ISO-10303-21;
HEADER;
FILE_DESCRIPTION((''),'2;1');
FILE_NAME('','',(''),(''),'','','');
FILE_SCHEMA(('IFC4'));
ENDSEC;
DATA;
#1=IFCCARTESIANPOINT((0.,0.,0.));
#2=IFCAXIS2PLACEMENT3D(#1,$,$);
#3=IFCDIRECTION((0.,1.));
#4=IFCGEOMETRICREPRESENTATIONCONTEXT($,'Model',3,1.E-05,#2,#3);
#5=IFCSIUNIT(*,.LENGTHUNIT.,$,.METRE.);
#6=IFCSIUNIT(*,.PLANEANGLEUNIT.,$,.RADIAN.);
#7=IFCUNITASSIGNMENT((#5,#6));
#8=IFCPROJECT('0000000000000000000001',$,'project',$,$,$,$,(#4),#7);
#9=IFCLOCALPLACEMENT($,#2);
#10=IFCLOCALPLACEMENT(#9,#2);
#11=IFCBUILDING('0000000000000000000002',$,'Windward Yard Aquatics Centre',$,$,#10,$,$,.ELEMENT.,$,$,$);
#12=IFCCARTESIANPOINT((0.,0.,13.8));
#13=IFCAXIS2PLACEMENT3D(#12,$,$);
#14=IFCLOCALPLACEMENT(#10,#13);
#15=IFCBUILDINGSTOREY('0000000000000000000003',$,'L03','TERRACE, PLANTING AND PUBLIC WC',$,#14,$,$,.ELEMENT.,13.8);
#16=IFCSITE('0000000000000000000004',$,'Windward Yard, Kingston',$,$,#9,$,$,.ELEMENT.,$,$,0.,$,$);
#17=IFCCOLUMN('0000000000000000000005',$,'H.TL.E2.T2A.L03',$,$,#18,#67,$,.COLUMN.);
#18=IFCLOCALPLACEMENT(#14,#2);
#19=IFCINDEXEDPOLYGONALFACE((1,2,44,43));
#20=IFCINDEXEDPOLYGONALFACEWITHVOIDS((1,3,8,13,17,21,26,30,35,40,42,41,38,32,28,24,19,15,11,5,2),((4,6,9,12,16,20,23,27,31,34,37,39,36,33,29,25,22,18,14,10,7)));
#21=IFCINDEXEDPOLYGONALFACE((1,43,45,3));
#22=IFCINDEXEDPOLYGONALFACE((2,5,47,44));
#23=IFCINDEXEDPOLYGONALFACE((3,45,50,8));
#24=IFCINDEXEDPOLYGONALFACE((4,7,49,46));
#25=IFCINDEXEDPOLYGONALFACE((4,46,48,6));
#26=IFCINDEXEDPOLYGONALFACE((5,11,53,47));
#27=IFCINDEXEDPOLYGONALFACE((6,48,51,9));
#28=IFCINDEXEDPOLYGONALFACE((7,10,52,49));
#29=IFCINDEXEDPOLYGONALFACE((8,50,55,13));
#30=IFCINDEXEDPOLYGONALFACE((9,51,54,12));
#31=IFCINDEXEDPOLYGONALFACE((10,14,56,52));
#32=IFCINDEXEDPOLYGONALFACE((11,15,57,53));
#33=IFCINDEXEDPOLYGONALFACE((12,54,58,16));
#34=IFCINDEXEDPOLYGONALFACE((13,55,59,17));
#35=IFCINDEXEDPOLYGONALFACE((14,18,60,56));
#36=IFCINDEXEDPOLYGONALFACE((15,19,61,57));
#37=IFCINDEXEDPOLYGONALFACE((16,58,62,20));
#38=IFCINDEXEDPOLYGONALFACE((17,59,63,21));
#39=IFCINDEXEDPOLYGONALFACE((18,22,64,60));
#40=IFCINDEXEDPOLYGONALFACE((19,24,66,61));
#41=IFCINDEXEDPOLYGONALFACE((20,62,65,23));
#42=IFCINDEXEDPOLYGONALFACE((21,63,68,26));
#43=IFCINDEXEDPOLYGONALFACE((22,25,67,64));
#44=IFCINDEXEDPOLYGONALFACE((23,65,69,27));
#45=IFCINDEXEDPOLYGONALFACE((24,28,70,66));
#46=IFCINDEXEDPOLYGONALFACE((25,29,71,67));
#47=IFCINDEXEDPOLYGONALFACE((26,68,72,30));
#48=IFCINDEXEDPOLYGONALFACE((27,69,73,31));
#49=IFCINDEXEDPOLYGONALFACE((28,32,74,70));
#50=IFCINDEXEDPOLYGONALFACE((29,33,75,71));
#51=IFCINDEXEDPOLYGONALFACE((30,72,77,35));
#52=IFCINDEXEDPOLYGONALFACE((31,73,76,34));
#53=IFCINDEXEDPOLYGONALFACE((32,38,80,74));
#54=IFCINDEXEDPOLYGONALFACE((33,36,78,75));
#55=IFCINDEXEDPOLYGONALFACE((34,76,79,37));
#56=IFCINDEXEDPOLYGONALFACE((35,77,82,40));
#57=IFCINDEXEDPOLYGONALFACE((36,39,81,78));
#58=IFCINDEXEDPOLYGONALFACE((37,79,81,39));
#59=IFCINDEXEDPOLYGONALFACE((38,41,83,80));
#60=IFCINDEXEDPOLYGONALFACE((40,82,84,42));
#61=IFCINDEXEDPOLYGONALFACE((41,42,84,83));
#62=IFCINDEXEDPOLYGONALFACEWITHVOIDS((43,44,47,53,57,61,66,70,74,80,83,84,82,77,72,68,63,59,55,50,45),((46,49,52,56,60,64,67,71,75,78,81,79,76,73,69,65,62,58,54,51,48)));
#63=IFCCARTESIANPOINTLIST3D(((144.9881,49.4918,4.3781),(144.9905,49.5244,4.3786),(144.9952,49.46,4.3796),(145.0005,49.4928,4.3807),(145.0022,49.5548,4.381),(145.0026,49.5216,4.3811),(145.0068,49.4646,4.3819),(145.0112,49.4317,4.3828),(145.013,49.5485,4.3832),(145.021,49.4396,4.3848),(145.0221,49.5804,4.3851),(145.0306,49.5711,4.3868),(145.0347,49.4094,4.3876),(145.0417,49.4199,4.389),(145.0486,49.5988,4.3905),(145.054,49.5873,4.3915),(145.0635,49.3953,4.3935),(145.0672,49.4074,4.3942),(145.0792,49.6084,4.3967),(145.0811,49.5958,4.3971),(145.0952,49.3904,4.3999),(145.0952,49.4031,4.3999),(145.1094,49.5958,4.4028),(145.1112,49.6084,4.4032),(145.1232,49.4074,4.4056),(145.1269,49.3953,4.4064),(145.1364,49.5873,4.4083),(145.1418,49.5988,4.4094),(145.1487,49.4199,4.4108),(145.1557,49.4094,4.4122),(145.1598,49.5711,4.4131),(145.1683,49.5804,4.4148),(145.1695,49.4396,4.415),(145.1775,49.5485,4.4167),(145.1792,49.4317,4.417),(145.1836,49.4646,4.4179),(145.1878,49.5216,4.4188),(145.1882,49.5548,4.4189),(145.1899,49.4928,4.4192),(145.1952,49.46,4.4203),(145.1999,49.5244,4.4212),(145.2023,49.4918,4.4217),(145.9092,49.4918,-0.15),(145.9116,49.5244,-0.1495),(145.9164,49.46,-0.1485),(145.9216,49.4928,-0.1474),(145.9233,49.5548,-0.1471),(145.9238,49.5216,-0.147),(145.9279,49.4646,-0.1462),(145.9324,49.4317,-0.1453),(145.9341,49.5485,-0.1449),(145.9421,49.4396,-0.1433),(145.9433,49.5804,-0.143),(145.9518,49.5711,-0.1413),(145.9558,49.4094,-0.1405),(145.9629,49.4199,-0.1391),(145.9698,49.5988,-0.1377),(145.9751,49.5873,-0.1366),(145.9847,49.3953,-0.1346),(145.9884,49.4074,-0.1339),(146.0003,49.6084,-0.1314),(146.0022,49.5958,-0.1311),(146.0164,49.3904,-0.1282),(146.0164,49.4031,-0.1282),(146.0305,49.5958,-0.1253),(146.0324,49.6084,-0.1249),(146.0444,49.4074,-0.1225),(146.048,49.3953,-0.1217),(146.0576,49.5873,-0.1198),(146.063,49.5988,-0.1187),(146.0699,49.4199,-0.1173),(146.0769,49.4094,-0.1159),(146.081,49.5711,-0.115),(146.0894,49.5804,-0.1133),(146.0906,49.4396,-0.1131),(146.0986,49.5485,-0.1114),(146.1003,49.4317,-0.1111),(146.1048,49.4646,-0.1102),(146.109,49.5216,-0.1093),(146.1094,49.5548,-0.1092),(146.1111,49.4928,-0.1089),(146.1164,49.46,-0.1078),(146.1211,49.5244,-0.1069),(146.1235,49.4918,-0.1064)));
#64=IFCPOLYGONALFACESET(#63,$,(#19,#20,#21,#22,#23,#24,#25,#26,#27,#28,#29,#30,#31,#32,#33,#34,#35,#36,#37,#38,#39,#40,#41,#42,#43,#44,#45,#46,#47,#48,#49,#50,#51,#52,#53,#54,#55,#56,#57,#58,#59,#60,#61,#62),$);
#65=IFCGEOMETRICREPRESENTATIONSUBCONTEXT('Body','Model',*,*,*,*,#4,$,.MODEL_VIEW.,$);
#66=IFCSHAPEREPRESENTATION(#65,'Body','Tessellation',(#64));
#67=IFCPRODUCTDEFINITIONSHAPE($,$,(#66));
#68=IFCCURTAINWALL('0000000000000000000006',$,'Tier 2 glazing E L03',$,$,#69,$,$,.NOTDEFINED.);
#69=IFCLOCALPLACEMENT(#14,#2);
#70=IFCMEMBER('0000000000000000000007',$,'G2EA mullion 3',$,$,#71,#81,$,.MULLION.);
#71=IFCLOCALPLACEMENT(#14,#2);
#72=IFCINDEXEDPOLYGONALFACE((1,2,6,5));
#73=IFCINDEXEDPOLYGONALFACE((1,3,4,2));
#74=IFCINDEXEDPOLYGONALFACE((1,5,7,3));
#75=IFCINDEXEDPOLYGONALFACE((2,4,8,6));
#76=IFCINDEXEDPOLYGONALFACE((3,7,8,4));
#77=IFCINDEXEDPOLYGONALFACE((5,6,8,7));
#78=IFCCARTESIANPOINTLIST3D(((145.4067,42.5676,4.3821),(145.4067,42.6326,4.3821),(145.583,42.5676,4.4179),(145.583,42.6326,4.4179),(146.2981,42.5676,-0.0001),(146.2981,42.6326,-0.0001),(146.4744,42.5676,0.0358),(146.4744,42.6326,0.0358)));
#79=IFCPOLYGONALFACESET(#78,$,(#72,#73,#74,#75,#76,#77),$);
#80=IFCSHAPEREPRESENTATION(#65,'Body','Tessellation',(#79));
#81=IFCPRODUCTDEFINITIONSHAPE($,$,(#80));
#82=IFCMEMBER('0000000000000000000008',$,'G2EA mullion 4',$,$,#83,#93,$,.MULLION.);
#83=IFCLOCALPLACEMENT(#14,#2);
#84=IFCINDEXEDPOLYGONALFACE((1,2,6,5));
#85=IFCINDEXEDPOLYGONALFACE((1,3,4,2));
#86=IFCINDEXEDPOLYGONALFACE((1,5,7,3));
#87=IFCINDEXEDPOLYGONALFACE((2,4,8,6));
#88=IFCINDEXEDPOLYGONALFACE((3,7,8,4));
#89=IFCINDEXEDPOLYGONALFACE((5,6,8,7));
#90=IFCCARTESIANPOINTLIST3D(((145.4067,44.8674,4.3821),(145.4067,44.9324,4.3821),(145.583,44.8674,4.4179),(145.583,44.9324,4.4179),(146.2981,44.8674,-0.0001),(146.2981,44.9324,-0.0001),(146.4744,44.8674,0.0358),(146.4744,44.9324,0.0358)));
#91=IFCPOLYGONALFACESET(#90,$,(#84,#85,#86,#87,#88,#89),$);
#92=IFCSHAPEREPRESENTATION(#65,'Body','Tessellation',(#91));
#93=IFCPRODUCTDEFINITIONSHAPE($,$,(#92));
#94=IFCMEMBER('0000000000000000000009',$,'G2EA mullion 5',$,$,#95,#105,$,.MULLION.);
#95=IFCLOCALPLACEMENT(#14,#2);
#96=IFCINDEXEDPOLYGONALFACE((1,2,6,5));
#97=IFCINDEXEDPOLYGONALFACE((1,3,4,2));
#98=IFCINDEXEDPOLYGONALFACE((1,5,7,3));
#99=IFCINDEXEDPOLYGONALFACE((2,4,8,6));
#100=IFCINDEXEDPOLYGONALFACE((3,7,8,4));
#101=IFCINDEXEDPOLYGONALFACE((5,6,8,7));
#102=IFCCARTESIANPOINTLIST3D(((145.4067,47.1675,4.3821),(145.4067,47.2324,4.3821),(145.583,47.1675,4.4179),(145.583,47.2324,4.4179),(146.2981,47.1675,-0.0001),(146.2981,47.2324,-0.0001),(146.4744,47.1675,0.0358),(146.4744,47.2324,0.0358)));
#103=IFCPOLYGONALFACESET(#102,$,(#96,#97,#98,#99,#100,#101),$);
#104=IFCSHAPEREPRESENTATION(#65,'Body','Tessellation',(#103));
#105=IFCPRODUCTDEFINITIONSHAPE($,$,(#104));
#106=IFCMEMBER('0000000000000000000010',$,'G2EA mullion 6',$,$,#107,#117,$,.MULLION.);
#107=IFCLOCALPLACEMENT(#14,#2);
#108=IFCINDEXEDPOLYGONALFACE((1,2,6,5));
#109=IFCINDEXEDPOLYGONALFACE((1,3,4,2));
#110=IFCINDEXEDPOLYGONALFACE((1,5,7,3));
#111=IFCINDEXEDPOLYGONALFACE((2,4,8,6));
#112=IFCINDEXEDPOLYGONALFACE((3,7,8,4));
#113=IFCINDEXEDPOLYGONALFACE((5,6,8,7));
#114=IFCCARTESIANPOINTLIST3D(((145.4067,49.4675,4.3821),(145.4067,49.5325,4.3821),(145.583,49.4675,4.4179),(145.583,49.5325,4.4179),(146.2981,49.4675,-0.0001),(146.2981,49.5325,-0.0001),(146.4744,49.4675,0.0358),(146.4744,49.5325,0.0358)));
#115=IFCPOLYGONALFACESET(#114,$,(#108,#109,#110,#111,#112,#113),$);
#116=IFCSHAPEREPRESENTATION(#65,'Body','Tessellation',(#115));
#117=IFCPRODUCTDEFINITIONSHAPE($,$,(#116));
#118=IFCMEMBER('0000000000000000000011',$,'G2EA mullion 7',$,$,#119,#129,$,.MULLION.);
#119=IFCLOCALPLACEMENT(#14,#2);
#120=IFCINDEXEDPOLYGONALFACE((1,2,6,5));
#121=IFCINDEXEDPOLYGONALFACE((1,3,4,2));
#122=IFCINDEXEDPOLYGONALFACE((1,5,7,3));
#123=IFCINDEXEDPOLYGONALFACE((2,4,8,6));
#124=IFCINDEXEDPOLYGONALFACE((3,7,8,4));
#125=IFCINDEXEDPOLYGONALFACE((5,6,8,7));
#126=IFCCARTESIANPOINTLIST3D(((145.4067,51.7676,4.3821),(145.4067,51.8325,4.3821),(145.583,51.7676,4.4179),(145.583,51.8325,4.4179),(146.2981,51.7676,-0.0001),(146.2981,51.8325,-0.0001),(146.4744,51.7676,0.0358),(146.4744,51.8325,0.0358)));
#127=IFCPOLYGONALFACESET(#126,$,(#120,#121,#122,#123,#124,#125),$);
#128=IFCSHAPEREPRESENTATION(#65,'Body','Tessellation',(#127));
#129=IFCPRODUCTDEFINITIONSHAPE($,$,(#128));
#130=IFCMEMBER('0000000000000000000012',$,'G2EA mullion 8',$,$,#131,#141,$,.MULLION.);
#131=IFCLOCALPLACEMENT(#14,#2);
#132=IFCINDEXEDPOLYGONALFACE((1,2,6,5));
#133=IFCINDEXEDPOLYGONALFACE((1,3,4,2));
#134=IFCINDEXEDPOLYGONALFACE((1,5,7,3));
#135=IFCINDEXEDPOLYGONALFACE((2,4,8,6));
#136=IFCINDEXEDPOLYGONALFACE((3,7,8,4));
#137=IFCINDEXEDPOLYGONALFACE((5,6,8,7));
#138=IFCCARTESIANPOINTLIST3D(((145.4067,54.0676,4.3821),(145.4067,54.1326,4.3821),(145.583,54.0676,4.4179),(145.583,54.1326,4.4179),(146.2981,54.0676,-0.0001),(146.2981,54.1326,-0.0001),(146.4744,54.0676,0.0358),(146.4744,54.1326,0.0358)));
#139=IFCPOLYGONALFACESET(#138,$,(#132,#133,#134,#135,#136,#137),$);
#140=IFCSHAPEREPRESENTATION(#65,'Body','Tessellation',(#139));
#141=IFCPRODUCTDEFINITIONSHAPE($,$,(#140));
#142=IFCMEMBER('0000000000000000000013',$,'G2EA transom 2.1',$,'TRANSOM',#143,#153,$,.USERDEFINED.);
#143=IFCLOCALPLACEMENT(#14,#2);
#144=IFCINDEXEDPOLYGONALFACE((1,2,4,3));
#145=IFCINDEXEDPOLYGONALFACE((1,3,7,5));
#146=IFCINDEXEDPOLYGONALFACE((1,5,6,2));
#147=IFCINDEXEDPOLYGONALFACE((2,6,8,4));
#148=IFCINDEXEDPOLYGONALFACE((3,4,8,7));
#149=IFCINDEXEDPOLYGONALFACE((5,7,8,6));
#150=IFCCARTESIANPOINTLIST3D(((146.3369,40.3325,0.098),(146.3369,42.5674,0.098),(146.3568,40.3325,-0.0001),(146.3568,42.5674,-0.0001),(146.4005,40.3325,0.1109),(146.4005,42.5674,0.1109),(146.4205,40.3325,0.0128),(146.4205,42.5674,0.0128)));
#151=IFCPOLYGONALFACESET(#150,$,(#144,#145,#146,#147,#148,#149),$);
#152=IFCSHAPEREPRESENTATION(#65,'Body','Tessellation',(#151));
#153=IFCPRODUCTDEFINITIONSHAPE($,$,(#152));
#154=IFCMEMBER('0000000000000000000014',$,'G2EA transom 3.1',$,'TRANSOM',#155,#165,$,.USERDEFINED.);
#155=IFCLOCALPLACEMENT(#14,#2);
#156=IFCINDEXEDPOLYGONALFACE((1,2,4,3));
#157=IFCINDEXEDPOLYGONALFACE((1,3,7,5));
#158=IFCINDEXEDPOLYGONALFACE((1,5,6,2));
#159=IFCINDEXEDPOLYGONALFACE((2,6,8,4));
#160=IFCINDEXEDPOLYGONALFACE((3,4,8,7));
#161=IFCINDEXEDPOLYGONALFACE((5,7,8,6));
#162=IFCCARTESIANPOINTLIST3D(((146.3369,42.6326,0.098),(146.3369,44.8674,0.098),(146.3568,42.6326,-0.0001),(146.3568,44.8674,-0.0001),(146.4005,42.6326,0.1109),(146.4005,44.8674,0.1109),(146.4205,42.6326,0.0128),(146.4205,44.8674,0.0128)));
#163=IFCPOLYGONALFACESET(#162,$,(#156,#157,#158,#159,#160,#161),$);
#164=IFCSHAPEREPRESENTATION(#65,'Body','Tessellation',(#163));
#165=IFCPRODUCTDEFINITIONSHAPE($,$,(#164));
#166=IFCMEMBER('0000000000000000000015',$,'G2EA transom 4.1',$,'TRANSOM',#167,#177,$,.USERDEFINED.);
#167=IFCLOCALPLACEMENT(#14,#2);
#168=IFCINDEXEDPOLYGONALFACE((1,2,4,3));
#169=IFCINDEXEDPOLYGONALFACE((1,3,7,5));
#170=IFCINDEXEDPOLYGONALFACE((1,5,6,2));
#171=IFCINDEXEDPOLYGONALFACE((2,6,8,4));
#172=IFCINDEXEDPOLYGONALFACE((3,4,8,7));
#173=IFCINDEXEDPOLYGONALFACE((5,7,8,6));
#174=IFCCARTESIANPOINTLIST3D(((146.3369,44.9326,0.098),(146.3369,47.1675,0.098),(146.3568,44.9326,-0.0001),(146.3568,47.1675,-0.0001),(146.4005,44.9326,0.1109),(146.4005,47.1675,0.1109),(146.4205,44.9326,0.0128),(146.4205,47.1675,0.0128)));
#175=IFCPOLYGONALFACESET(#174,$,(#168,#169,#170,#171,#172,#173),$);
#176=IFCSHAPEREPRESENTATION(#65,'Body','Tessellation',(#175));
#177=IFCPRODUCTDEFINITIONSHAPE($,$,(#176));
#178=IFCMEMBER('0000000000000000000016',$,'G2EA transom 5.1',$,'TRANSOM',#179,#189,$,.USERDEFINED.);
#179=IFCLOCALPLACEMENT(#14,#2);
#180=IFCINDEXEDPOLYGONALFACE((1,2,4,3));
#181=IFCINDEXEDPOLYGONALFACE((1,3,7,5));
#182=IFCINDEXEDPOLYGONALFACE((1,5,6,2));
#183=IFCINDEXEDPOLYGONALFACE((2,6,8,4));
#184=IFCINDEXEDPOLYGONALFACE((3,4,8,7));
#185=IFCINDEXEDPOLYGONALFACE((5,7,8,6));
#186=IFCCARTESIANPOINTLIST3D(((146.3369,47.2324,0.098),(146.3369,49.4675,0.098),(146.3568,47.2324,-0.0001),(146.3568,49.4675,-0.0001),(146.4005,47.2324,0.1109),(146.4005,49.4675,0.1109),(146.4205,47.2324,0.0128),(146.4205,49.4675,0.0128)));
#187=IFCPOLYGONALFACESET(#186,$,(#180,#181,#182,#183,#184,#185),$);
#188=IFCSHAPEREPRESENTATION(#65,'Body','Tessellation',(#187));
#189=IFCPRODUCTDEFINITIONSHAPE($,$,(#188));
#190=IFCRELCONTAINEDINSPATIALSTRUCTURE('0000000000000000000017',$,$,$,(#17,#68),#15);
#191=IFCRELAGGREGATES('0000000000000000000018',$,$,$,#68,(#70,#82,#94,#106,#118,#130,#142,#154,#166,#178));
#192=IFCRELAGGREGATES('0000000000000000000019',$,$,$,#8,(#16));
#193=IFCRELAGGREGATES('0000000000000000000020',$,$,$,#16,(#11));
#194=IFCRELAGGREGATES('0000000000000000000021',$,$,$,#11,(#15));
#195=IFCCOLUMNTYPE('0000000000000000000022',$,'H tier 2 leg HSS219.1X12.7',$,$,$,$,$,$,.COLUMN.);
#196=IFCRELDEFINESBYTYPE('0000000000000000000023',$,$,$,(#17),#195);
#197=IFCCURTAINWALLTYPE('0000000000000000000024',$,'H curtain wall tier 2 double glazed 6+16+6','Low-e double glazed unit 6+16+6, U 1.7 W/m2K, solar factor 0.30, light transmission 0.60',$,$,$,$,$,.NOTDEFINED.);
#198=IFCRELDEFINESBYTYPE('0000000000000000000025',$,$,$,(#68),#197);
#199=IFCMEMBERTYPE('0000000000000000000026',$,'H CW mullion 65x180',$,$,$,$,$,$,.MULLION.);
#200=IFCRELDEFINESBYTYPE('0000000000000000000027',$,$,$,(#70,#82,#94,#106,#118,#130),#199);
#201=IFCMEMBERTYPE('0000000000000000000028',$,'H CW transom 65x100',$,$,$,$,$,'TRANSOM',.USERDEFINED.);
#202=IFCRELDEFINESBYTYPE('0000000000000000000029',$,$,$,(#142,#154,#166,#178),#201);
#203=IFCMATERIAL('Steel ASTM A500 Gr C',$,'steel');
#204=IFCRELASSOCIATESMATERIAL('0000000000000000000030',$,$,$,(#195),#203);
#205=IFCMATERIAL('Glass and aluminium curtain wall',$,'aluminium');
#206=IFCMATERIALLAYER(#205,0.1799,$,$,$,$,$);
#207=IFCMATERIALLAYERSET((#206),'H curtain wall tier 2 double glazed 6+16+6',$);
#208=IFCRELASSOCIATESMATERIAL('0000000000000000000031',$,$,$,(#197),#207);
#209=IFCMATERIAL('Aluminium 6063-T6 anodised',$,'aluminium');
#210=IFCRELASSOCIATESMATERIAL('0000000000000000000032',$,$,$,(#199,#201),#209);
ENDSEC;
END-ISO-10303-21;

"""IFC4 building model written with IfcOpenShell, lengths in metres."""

from ifc_helpers import new_model, si_unit, direction, frame, origin, origin_2d, place, context, subcontext, project, spatial, rectangle, hollow_circle, extrude, material, layer, layer_set, material_profile, profile_set, type_object, element, aggregate, save


model = new_model("IFC4")

# Units and contexts
model_context = context("Model", 3, precision=1e-05, world=origin(), true_north=direction((0.0, 1.0)))
body_context = subcontext(model_context, "Body", "Model", "MODEL_VIEW")
ifc_project = project(units=[si_unit("LENGTHUNIT", "METRE"), si_unit("PLANEANGLEUNIT", "RADIAN")], contexts=[model_context])

# Site, building, storey
site_placement = place(None, origin())
site = spatial("IfcSite", under=ifc_project, at=site_placement, Name="Windward Yard, Kingston", CompositionType="ELEMENT", RefElevation=0.0)
building_placement = place(site_placement, origin())
building = spatial("IfcBuilding", under=site, at=building_placement, Name="Windward Yard Aquatics Centre", CompositionType="ELEMENT")
storey_placement = place(building_placement, frame((0.0, 0.0, 13.8)))
storey = spatial("IfcBuildingStorey", under=building, at=storey_placement, Name="L03", Description="TERRACE, PLANTING AND PUBLIC WC", CompositionType="ELEMENT", Elevation=13.8)

# Column
ifc_material_1 = material(Name="Steel ASTM A500 Gr C", Category="steel")
ifc_material_profile_1 = material_profile(ifc_material_1, hollow_circle(Radius=0.1096, WallThickness=0.0127, at=origin_2d()), Name="HSS219.1X12.7")
ifc_profile_set_1 = profile_set([ifc_material_profile_1], Name="Steel ASTM A500 Gr C")
column_type = type_object("IfcColumnType", Name="H tier 2 leg HSS219.1X12.7", PredefinedType="COLUMN", material=ifc_profile_set_1)
column_placement = place(storey_placement, frame((146.0164, 49.5, -0.1282), z_axis=(-0.199346, 0.0, 0.979929), x_axis=(0.0, -1.0, 0.0)))
element("IfcColumn", 1, at=column_placement, inside=storey, type_object=column_type, Name="H.TL.E2.T2A.L03", PredefinedType="COLUMN", context=body_context, shape_type="SweptSolid", body=[
    extrude(hollow_circle(Radius=0.1096, WallThickness=0.0127, at=origin_2d()), origin(), (0.0, 0.0, 1.0), 4.6208),
])

# Curtain wall, members
ifc_material_2 = material(Name="Glass and aluminium curtain wall", Category="aluminium")
ifc_layer_1 = layer(ifc_material_2, 0.1799)
ifc_layer_set_1 = layer_set([ifc_layer_1], Name="H curtain wall tier 2 double glazed 6+16+6")
curtain_wall_type = type_object("IfcCurtainWallType", Name="H curtain wall tier 2 double glazed 6+16+6", Description="Low-e double glazed unit 6+16+6, U 1.7 W/m2K, solar factor 0.30, light transmission 0.60", PredefinedType="NOTDEFINED", material=ifc_layer_set_1)
curtain_wall_placement = place(storey_placement, origin())
curtain_wall = element("IfcCurtainWall", 2, at=curtain_wall_placement, inside=storey, type_object=curtain_wall_type, Name="Tier 2 glazing E L03", PredefinedType="NOTDEFINED")
ifc_material_3 = material(Name="Aluminium 6063-T6 anodised", Category="aluminium")
ifc_material_profile_2 = material_profile(ifc_material_3, rectangle(XDim=0.0649, YDim=0.1799, at=origin_2d()), Name="H CW mullion 65x180")
ifc_profile_set_2 = profile_set([ifc_material_profile_2], Name="Aluminium 6063-T6 anodised")
member_type_1 = type_object("IfcMemberType", Name="H CW mullion 65x180", PredefinedType="MULLION", material=ifc_profile_set_2)
member_1_placement = place(storey_placement, frame((146.3862, 42.6001, 0.0178), z_axis=(-0.199328, 0.0, 0.979933), x_axis=(0.0, -1.0, 0.0)))
member_1 = element("IfcMember", 3, at=member_1_placement, type_object=member_type_1, Name="G2EA mullion 3", PredefinedType="MULLION", context=body_context, shape_type="SweptSolid", body=[
    extrude(rectangle(XDim=0.0649, YDim=0.1799, at=origin_2d()), origin(), (0.0, 0.0, 1.0), 4.4719),
])
member_2_placement = place(storey_placement, frame((146.3862, 44.8999, 0.0178), z_axis=(-0.199328, 0.0, 0.979933), x_axis=(0.0, -1.0, 0.0)))
member_2 = element("IfcMember", 4, at=member_2_placement, type_object=member_type_1, Name="G2EA mullion 4", PredefinedType="MULLION", context=body_context, shape_type="SweptSolid", body=[
    extrude(rectangle(XDim=0.0649, YDim=0.1799, at=origin_2d()), origin(), (0.0, 0.0, 1.0), 4.4719),
])
member_3_placement = place(storey_placement, frame((146.3862, 47.2, 0.0178), z_axis=(-0.199328, 0.0, 0.979933), x_axis=(0.0, -1.0, 0.0)))
member_3 = element("IfcMember", 5, at=member_3_placement, type_object=member_type_1, Name="G2EA mullion 5", PredefinedType="MULLION", context=body_context, shape_type="SweptSolid", body=[
    extrude(rectangle(XDim=0.0649, YDim=0.1799, at=origin_2d()), origin(), (0.0, 0.0, 1.0), 4.4719),
])
member_4_placement = place(storey_placement, frame((146.3862, 49.5, 0.0178), z_axis=(-0.199328, 0.0, 0.979933), x_axis=(0.0, -1.0, 0.0)))
member_4 = element("IfcMember", 6, at=member_4_placement, type_object=member_type_1, Name="G2EA mullion 6", PredefinedType="MULLION", context=body_context, shape_type="SweptSolid", body=[
    extrude(rectangle(XDim=0.0649, YDim=0.1799, at=origin_2d()), origin(), (0.0, 0.0, 1.0), 4.4719),
])
member_5_placement = place(storey_placement, frame((146.3862, 51.8, 0.0178), z_axis=(-0.199328, 0.0, 0.979933), x_axis=(0.0, -1.0, 0.0)))
member_5 = element("IfcMember", 7, at=member_5_placement, type_object=member_type_1, Name="G2EA mullion 7", PredefinedType="MULLION", context=body_context, shape_type="SweptSolid", body=[
    extrude(rectangle(XDim=0.0649, YDim=0.1799, at=origin_2d()), origin(), (0.0, 0.0, 1.0), 4.4719),
])
member_6_placement = place(storey_placement, frame((146.3862, 54.1001, 0.0178), z_axis=(-0.199328, 0.0, 0.979933), x_axis=(0.0, -1.0, 0.0)))
member_6 = element("IfcMember", 8, at=member_6_placement, type_object=member_type_1, Name="G2EA mullion 8", PredefinedType="MULLION", context=body_context, shape_type="SweptSolid", body=[
    extrude(rectangle(XDim=0.0649, YDim=0.1799, at=origin_2d()), origin(), (0.0, 0.0, 1.0), 4.4719),
])
ifc_material_profile_3 = material_profile(ifc_material_3, rectangle(XDim=0.0649, YDim=0.1001, at=origin_2d()), Name="H CW transom 65x100")
ifc_profile_set_3 = profile_set([ifc_material_profile_3], Name="Aluminium 6063-T6 anodised")
member_type_2 = type_object("IfcMemberType", Name="H CW transom 65x100", ElementType="TRANSOM", PredefinedType="USERDEFINED", material=ifc_profile_set_3)
member_7_placement = place(storey_placement, frame((146.3787, 40.3325, 0.0554), z_axis=(0.0, 1.0, 0.0), x_axis=(0.979925, 0.0, 0.199368)))
member_7 = element("IfcMember", 9, at=member_7_placement, type_object=member_type_2, Name="G2EA transom 2.1", ObjectType="TRANSOM", PredefinedType="USERDEFINED", context=body_context, shape_type="SweptSolid", body=[
    extrude(rectangle(XDim=0.0649, YDim=0.1001, at=origin_2d()), origin(), (0.0, 0.0, 1.0), 2.2349),
])
member_8_placement = place(storey_placement, frame((146.3787, 42.6326, 0.0554), z_axis=(0.0, 1.0, 0.0), x_axis=(0.979925, 0.0, 0.199368)))
member_8 = element("IfcMember", 10, at=member_8_placement, type_object=member_type_2, Name="G2EA transom 3.1", ObjectType="TRANSOM", PredefinedType="USERDEFINED", context=body_context, shape_type="SweptSolid", body=[
    extrude(rectangle(XDim=0.0649, YDim=0.1001, at=origin_2d()), origin(), (0.0, 0.0, 1.0), 2.2349),
])
member_9_placement = place(storey_placement, frame((146.3787, 44.9326, 0.0554), z_axis=(0.0, 1.0, 0.0), x_axis=(0.979925, 0.0, 0.199368)))
member_9 = element("IfcMember", 11, at=member_9_placement, type_object=member_type_2, Name="G2EA transom 4.1", ObjectType="TRANSOM", PredefinedType="USERDEFINED", context=body_context, shape_type="SweptSolid", body=[
    extrude(rectangle(XDim=0.0649, YDim=0.1001, at=origin_2d()), origin(), (0.0, 0.0, 1.0), 2.2349),
])
member_10_placement = place(storey_placement, frame((146.3787, 47.2324, 0.0554), z_axis=(0.0, 1.0, 0.0), x_axis=(0.979925, 0.0, 0.199368)))
member_10 = element("IfcMember", 12, at=member_10_placement, type_object=member_type_2, Name="G2EA transom 5.1", ObjectType="TRANSOM", PredefinedType="USERDEFINED", context=body_context, shape_type="SweptSolid", body=[
    extrude(rectangle(XDim=0.0649, YDim=0.1001, at=origin_2d()), origin(), (0.0, 0.0, 1.0), 2.2351),
])
aggregate(curtain_wall, [member_1, member_2, member_3, member_4, member_5, member_6, member_7, member_8, member_9, member_10])

save(model, "model.ifc")
